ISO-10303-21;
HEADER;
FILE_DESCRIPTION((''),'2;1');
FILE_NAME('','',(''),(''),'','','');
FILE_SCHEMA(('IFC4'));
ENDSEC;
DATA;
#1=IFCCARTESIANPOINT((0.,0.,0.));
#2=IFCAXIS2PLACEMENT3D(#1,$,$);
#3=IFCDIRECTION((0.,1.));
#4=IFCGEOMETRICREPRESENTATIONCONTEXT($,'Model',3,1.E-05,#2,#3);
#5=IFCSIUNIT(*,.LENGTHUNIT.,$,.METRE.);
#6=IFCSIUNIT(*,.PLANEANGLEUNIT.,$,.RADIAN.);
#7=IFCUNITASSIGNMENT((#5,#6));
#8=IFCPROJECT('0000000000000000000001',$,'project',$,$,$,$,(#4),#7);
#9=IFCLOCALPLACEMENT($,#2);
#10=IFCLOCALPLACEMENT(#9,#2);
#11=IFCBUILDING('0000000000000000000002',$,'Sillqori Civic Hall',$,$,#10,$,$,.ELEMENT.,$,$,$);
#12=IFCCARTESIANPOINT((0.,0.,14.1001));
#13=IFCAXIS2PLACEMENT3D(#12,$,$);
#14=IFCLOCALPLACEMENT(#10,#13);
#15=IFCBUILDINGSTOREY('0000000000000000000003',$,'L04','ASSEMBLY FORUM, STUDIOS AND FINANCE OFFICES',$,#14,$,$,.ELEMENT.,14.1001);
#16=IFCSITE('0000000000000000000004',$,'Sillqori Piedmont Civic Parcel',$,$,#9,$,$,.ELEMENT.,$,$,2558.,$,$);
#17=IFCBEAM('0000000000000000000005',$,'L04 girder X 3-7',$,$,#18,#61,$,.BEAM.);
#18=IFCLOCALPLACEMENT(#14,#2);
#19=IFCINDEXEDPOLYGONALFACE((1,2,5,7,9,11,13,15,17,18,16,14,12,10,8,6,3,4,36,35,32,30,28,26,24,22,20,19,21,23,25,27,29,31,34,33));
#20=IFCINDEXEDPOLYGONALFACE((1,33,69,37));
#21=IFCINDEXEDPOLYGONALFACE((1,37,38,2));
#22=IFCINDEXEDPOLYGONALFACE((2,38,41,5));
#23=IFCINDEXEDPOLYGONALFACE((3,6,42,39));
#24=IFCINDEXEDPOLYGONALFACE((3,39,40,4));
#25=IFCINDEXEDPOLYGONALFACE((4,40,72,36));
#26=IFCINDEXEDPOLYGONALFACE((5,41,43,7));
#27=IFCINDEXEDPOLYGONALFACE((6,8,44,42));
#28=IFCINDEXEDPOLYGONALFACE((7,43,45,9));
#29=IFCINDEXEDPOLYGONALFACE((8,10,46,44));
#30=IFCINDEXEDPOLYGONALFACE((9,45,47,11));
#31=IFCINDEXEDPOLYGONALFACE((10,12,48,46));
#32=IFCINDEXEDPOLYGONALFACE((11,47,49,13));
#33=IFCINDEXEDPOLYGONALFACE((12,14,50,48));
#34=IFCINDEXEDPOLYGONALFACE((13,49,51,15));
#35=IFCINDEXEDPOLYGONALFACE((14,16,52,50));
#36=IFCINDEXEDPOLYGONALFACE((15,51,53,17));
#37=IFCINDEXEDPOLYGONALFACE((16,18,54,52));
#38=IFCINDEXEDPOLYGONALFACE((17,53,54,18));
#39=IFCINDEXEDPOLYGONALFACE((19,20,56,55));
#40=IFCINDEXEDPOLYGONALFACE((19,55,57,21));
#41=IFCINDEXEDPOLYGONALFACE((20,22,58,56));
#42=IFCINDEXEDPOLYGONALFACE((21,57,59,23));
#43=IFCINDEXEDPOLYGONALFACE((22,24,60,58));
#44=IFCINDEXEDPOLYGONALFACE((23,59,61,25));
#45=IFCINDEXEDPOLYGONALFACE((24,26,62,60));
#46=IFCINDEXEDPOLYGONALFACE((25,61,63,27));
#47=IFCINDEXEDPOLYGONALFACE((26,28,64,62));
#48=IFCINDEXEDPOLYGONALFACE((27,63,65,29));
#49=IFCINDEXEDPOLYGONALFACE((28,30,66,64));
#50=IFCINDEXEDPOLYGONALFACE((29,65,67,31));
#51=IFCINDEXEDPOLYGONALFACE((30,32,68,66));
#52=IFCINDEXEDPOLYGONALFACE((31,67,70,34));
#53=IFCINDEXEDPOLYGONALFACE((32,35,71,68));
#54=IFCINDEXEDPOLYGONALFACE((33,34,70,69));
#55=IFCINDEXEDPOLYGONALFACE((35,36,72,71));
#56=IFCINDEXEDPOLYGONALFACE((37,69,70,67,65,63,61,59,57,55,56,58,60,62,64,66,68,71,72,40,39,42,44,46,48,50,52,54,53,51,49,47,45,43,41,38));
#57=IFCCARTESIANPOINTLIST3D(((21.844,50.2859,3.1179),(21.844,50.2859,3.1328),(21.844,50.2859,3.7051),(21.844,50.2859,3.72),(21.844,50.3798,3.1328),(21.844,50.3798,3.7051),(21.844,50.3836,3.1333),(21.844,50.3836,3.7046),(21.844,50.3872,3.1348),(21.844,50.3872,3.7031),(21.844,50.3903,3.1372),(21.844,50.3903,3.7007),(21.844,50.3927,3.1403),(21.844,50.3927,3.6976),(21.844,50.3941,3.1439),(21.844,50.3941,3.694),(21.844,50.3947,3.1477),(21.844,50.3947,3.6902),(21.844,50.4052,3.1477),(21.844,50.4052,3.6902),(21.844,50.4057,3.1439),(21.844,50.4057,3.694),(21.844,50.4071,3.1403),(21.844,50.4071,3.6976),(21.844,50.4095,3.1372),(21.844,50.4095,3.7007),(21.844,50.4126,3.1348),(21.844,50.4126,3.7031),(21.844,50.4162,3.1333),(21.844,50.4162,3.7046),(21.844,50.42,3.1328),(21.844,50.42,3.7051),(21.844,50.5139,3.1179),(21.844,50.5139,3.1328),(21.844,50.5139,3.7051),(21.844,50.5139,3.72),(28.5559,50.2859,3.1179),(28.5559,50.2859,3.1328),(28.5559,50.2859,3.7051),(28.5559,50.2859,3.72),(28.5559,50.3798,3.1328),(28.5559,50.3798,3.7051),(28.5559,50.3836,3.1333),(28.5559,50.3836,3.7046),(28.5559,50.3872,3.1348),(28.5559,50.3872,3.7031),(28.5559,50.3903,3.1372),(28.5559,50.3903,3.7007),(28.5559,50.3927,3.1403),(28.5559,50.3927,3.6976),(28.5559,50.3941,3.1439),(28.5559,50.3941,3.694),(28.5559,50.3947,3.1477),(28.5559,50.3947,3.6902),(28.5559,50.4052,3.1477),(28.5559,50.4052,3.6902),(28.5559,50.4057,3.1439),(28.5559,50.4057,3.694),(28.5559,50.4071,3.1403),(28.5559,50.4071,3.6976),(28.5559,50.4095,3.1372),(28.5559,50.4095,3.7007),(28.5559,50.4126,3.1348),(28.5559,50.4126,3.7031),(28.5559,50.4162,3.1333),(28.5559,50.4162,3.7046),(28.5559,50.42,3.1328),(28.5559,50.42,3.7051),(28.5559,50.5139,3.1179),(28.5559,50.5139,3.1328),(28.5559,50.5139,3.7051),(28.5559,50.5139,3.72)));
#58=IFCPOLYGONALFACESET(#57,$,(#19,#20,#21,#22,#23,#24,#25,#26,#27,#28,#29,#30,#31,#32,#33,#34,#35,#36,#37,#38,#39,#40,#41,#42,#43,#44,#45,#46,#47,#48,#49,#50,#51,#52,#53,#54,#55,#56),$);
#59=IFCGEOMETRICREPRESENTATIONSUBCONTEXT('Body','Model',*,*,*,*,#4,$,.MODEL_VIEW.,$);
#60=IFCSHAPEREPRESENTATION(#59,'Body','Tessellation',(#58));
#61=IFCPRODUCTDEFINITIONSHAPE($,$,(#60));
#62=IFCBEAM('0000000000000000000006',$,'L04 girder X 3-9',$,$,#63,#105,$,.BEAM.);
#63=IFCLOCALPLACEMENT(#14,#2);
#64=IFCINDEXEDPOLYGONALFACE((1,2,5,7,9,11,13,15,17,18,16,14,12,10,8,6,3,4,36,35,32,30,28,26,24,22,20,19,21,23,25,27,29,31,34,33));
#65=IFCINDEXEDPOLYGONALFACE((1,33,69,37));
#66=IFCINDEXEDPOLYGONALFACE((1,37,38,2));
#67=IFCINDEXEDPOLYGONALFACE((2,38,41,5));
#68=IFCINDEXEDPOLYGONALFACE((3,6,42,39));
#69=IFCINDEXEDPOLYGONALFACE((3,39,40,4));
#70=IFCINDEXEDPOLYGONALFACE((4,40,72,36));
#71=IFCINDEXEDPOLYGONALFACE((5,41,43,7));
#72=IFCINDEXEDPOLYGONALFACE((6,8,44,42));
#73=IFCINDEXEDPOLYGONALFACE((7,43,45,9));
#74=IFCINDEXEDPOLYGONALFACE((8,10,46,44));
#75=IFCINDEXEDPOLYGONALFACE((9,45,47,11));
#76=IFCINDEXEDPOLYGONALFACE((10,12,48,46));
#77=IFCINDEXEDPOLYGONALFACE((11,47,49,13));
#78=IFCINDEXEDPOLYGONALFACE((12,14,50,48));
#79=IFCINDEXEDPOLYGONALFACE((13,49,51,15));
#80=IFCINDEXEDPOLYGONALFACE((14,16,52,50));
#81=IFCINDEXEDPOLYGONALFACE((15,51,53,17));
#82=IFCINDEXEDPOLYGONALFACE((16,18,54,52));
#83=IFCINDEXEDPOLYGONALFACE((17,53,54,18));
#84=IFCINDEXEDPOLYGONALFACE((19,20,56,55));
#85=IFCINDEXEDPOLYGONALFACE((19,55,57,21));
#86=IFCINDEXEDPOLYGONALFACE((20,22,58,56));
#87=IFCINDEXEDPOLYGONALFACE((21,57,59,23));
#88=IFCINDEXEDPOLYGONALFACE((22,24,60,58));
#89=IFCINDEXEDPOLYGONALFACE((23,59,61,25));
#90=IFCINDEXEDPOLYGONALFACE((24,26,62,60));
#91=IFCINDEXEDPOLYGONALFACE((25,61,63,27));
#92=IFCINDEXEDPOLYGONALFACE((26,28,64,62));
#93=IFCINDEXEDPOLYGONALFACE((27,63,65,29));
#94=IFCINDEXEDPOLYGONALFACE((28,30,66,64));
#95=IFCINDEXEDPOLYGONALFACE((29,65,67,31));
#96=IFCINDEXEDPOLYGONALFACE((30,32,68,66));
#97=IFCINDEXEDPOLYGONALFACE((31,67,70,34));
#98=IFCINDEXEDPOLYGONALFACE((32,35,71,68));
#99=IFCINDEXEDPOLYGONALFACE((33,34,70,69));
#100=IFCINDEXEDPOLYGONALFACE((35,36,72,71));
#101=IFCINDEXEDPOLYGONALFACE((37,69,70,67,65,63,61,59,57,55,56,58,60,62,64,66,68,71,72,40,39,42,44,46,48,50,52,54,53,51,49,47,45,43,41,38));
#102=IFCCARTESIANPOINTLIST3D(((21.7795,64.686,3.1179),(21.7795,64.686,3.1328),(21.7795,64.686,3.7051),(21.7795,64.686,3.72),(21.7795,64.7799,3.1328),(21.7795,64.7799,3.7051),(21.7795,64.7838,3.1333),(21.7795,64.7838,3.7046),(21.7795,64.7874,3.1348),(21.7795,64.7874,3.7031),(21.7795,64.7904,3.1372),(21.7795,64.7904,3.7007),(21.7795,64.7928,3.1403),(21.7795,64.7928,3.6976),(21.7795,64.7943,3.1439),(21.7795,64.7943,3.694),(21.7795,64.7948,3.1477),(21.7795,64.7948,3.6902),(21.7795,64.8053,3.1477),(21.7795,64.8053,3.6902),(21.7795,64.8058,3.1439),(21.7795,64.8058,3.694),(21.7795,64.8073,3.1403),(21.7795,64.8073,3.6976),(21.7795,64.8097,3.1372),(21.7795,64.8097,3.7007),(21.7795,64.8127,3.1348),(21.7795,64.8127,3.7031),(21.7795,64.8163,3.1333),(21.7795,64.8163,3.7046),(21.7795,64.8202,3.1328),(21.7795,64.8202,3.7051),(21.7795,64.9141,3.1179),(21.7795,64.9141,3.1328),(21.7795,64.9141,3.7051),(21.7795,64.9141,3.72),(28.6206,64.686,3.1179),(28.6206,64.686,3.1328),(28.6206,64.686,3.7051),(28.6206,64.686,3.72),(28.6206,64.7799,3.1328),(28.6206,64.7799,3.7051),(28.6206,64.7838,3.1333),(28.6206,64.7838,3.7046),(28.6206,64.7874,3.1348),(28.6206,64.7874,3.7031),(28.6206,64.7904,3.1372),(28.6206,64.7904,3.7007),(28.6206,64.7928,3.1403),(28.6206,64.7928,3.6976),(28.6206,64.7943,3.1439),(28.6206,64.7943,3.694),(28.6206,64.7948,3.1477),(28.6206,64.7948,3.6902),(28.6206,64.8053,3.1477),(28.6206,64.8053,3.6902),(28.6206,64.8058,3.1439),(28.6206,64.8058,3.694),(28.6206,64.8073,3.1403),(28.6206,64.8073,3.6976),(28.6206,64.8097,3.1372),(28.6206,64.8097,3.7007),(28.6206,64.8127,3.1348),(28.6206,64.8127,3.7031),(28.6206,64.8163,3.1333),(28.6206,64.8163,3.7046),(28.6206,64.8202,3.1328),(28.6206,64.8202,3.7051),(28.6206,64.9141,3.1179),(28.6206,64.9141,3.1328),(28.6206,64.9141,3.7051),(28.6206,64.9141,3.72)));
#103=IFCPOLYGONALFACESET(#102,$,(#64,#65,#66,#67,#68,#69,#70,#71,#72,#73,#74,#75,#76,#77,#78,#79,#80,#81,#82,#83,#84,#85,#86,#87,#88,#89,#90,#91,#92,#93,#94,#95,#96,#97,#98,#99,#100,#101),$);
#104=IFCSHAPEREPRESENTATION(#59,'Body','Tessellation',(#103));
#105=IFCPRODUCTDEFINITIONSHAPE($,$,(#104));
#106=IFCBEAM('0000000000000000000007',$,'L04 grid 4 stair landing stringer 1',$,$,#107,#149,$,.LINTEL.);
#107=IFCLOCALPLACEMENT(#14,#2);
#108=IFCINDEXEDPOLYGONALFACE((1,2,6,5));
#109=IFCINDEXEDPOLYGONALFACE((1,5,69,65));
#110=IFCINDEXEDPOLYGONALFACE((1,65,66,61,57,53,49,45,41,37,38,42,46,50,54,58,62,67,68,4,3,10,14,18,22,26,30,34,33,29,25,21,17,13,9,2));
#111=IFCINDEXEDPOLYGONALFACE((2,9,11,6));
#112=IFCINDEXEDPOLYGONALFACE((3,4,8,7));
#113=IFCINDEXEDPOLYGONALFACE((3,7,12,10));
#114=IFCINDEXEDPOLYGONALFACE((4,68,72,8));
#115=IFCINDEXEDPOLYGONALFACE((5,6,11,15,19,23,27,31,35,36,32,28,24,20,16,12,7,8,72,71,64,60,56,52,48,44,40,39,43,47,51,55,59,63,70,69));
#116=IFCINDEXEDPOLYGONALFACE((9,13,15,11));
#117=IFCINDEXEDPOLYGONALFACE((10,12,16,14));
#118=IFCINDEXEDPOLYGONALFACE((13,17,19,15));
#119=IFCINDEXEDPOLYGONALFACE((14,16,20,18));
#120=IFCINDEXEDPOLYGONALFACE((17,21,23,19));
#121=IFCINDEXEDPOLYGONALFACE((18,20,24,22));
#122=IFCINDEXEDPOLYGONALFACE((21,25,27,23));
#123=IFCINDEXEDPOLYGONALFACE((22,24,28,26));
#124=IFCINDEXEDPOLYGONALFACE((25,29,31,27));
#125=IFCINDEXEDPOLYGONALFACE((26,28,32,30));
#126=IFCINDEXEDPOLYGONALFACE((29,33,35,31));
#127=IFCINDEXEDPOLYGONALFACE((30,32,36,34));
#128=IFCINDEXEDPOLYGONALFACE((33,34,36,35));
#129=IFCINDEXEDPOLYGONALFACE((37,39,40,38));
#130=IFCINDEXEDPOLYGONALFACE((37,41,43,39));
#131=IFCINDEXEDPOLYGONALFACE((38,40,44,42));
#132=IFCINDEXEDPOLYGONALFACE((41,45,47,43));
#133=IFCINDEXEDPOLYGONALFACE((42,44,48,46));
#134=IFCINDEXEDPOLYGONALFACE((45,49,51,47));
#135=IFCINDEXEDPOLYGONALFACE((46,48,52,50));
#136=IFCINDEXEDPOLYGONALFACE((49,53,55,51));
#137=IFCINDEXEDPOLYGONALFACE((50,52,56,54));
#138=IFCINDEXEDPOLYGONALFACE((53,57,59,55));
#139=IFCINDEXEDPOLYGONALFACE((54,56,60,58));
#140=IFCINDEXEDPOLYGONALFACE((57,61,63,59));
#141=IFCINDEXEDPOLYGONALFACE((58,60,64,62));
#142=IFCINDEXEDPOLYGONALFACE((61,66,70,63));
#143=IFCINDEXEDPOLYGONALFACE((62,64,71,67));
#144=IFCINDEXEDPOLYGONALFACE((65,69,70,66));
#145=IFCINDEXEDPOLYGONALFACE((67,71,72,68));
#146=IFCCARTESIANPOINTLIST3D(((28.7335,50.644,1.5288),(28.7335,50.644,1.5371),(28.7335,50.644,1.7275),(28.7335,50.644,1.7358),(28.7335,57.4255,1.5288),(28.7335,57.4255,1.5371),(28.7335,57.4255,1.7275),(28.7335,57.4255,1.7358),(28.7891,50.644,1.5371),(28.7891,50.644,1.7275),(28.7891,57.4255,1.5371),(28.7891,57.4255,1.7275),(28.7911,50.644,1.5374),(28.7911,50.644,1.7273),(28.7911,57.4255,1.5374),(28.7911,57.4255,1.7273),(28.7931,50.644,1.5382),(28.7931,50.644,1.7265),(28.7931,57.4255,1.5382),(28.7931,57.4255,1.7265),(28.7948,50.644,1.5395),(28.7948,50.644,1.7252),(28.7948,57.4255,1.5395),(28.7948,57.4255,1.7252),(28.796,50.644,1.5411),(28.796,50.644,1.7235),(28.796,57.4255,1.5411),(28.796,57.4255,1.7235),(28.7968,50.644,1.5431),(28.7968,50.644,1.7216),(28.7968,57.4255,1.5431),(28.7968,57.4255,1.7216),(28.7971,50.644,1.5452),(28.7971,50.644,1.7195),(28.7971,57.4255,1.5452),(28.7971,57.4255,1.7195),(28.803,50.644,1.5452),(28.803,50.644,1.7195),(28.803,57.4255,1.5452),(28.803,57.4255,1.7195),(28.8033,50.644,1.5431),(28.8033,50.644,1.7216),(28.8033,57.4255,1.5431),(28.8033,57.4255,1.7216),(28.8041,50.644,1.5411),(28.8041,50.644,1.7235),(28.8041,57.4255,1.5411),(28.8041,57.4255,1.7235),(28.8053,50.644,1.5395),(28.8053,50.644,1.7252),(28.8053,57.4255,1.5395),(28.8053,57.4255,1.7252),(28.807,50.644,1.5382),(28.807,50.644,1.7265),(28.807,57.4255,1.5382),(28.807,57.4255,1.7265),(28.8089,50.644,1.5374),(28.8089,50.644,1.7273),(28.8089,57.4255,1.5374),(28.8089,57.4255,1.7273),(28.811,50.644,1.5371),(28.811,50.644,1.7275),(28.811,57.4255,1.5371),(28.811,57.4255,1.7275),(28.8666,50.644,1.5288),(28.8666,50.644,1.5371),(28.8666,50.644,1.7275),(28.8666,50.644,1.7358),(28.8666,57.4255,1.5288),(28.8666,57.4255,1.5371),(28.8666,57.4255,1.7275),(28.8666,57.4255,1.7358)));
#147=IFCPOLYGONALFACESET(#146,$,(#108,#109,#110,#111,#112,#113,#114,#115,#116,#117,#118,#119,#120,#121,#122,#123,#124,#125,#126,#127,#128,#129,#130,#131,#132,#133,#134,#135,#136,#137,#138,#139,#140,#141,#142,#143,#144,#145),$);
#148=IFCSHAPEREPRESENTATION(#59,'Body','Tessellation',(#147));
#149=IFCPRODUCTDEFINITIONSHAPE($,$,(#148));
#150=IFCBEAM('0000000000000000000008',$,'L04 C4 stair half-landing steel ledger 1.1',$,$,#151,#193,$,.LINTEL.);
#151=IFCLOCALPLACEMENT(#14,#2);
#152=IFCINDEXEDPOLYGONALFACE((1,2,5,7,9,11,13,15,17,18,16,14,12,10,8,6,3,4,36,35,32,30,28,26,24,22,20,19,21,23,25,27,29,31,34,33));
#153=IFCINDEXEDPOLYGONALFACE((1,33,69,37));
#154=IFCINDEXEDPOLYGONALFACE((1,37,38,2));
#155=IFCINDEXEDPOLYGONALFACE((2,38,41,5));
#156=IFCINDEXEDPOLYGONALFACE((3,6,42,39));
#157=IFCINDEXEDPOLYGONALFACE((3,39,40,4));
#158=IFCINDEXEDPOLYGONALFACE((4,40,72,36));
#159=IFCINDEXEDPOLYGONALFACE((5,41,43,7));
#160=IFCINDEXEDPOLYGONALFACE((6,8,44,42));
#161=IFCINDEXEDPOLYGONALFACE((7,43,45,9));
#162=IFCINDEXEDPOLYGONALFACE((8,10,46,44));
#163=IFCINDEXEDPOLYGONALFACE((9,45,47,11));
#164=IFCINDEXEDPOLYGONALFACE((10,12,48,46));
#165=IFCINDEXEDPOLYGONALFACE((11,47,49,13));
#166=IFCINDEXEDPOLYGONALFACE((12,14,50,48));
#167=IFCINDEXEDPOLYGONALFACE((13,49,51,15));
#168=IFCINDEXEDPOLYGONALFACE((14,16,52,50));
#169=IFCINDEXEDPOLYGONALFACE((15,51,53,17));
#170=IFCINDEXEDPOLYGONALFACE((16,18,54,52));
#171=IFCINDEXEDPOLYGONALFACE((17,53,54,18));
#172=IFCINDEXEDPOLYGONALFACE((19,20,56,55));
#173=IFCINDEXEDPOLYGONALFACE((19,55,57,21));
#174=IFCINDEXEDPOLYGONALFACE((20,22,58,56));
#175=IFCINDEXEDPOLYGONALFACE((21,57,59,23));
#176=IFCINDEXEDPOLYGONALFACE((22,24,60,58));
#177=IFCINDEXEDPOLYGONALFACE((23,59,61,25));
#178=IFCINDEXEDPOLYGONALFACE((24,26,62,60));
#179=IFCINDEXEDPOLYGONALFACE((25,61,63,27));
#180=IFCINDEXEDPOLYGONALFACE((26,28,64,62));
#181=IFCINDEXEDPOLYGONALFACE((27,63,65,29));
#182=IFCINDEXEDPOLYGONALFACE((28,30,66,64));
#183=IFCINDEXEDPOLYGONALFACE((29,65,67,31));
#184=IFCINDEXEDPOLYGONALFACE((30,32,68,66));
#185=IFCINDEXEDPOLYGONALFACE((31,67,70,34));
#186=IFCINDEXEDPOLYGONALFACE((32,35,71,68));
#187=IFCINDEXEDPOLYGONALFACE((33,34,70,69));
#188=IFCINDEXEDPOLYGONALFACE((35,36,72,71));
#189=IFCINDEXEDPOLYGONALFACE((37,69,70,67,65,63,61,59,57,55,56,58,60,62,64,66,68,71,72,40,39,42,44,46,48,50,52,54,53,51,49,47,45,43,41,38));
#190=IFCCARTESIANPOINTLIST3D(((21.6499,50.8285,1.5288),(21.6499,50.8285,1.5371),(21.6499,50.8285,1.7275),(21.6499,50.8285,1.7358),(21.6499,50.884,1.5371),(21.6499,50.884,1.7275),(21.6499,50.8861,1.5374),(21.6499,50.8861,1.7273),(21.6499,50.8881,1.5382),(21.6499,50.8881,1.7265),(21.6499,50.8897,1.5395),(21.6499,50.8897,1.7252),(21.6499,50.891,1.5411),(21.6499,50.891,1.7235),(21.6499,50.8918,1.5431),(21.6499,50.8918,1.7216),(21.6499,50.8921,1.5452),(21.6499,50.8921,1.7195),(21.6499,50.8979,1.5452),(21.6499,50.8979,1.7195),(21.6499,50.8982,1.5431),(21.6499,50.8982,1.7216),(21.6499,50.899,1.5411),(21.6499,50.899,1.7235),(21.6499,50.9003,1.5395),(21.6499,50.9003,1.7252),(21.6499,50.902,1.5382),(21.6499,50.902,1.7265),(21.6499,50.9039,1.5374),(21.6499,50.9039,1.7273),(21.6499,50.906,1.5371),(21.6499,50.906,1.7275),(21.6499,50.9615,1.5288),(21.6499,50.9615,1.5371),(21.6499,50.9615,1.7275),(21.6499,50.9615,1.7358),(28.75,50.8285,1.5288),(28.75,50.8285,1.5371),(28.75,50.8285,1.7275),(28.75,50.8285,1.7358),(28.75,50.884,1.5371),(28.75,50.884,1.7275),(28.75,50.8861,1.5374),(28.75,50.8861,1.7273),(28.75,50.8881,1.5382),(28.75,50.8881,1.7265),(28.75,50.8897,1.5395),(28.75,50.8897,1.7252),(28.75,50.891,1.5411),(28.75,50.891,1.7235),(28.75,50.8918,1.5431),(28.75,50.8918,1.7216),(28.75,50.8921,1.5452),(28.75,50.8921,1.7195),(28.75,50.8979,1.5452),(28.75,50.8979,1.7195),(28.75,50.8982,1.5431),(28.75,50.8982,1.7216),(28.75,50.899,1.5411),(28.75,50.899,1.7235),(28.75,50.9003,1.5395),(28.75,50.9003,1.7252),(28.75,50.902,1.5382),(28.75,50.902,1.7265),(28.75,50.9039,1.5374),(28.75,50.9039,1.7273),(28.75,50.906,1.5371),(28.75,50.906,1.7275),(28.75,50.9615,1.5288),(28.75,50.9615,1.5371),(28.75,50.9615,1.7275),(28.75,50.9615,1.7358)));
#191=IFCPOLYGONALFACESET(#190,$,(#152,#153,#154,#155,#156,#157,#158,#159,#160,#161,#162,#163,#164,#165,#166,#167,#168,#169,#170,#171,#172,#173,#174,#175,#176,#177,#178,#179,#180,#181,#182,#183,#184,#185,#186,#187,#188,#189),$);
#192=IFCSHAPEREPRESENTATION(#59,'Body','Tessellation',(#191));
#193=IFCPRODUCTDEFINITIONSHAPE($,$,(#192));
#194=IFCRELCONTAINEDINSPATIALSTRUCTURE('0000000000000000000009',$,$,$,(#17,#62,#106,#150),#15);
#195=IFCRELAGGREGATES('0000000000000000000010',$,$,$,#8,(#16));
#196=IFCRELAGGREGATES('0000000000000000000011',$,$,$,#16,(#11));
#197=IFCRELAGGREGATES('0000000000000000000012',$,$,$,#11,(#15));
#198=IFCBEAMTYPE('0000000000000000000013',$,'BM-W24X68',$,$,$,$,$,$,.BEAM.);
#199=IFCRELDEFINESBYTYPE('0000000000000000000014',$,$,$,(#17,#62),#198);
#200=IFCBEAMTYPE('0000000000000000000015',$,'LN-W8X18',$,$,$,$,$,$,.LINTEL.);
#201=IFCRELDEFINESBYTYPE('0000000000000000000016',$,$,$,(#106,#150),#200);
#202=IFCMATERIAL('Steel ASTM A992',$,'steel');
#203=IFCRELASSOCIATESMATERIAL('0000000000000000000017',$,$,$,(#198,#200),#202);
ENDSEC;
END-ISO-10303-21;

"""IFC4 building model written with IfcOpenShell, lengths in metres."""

from ifc_helpers import new_model, si_unit, direction, frame, origin, origin_2d, place, context, subcontext, project, spatial, i_section, extrude, material, material_profile, profile_set, type_object, element, save


model = new_model("IFC4")

# Units and contexts
model_context = context("Model", 3, precision=1e-05, world=origin(), true_north=direction((0.0, 1.0)))
body_context = subcontext(model_context, "Body", "Model", "MODEL_VIEW")
ifc_project = project(units=[si_unit("LENGTHUNIT", "METRE"), si_unit("PLANEANGLEUNIT", "RADIAN")], contexts=[model_context])

# Site, building, storey
site_placement = place(None, origin())
site = spatial("IfcSite", under=ifc_project, at=site_placement, Name="Sillqori Piedmont Civic Parcel", CompositionType="ELEMENT", RefElevation=2558.0)
building_placement = place(site_placement, origin())
building = spatial("IfcBuilding", under=site, at=building_placement, Name="Sillqori Civic Hall", CompositionType="ELEMENT")
storey_placement = place(building_placement, frame((0.0, 0.0, 14.1001)))
storey = spatial("IfcBuildingStorey", under=building, at=storey_placement, Name="L04", Description="ASSEMBLY FORUM, STUDIOS AND FINANCE OFFICES", CompositionType="ELEMENT", Elevation=14.1001)

# Shared definitions
ifc_material_1 = material(Name="Steel ASTM A992", Category="steel")

# Beams
ifc_material_profile_1 = material_profile(ifc_material_1, i_section(OverallWidth=0.228, OverallDepth=0.6021, WebThickness=0.0105, FlangeThickness=0.0149, FilletRadius=0.0149, at=origin_2d()), Name="W24X68")
ifc_profile_set_1 = profile_set([ifc_material_profile_1], Name="Steel ASTM A992")
beam_type_1 = type_object("IfcBeamType", Name="BM-W24X68", PredefinedType="BEAM", material=ifc_profile_set_1)
beam_1_placement = place(storey_placement, frame((21.844, 50.3999, 3.4189), z_axis=(1.0, 0.0, 0.0), x_axis=(0.0, 1.0, 0.0)))
element("IfcBeam", 1, at=beam_1_placement, inside=storey, type_object=beam_type_1, Name="L04 girder X 3-7", PredefinedType="BEAM", context=body_context, shape_type="SweptSolid", body=[
    extrude(i_section(OverallWidth=0.228, OverallDepth=0.6021, WebThickness=0.0105, FlangeThickness=0.0149, FilletRadius=0.0149, at=origin_2d()), origin(), (0.0, 0.0, 1.0), 6.7119),
])
beam_2_placement = place(storey_placement, frame((21.7795, 64.8, 3.4189), z_axis=(1.0, 0.0, 0.0), x_axis=(0.0, 1.0, 0.0)))
element("IfcBeam", 2, at=beam_2_placement, inside=storey, type_object=beam_type_1, Name="L04 girder X 3-9", PredefinedType="BEAM", context=body_context, shape_type="SweptSolid", body=[
    extrude(i_section(OverallWidth=0.228, OverallDepth=0.6021, WebThickness=0.0105, FlangeThickness=0.0149, FilletRadius=0.0149, at=origin_2d()), origin(), (0.0, 0.0, 1.0), 6.8411),
])
ifc_material_profile_2 = material_profile(ifc_material_1, i_section(OverallWidth=0.1331, OverallDepth=0.207, WebThickness=0.0059, FlangeThickness=0.0083, FilletRadius=0.0081, at=origin_2d()), Name="W8X18")
ifc_profile_set_2 = profile_set([ifc_material_profile_2], Name="Steel ASTM A992")
beam_type_2 = type_object("IfcBeamType", Name="LN-W8X18", PredefinedType="LINTEL", material=ifc_profile_set_2)
beam_3_placement = place(storey_placement, frame((28.8, 50.644, 1.6323), z_axis=(0.0, 1.0, 0.0), x_axis=(-1.0, 0.0, 0.0)))
element("IfcBeam", 3, at=beam_3_placement, inside=storey, type_object=beam_type_2, Name="L04 grid 4 stair landing stringer 1", PredefinedType="LINTEL", context=body_context, shape_type="SweptSolid", body=[
    extrude(i_section(OverallWidth=0.1331, OverallDepth=0.207, WebThickness=0.0059, FlangeThickness=0.0083, FilletRadius=0.0081, at=origin_2d()), origin(), (0.0, 0.0, 1.0), 6.7815),
])
for number, where, z_axis, x_axis, name in (
    (4, (21.6499, 50.895, 1.6323), (1.0, 0.0, 0.0), (0.0, 1.0, 0.0), "L04 C4 stair half-landing steel ledger 1.1"),
):
    element("IfcBeam", number, at=place(storey_placement, frame(where, z_axis=z_axis, x_axis=x_axis)), inside=storey, type_object=beam_type_2, Name=name, PredefinedType="LINTEL", context=body_context, shape_type="SweptSolid", body=[
        extrude(i_section(OverallWidth=0.1331, OverallDepth=0.207, WebThickness=0.0059, FlangeThickness=0.0083, FilletRadius=0.0081, at=origin_2d()), origin(), (0.0, 0.0, 1.0), 7.1001),
    ])

save(model, "model.ifc")
